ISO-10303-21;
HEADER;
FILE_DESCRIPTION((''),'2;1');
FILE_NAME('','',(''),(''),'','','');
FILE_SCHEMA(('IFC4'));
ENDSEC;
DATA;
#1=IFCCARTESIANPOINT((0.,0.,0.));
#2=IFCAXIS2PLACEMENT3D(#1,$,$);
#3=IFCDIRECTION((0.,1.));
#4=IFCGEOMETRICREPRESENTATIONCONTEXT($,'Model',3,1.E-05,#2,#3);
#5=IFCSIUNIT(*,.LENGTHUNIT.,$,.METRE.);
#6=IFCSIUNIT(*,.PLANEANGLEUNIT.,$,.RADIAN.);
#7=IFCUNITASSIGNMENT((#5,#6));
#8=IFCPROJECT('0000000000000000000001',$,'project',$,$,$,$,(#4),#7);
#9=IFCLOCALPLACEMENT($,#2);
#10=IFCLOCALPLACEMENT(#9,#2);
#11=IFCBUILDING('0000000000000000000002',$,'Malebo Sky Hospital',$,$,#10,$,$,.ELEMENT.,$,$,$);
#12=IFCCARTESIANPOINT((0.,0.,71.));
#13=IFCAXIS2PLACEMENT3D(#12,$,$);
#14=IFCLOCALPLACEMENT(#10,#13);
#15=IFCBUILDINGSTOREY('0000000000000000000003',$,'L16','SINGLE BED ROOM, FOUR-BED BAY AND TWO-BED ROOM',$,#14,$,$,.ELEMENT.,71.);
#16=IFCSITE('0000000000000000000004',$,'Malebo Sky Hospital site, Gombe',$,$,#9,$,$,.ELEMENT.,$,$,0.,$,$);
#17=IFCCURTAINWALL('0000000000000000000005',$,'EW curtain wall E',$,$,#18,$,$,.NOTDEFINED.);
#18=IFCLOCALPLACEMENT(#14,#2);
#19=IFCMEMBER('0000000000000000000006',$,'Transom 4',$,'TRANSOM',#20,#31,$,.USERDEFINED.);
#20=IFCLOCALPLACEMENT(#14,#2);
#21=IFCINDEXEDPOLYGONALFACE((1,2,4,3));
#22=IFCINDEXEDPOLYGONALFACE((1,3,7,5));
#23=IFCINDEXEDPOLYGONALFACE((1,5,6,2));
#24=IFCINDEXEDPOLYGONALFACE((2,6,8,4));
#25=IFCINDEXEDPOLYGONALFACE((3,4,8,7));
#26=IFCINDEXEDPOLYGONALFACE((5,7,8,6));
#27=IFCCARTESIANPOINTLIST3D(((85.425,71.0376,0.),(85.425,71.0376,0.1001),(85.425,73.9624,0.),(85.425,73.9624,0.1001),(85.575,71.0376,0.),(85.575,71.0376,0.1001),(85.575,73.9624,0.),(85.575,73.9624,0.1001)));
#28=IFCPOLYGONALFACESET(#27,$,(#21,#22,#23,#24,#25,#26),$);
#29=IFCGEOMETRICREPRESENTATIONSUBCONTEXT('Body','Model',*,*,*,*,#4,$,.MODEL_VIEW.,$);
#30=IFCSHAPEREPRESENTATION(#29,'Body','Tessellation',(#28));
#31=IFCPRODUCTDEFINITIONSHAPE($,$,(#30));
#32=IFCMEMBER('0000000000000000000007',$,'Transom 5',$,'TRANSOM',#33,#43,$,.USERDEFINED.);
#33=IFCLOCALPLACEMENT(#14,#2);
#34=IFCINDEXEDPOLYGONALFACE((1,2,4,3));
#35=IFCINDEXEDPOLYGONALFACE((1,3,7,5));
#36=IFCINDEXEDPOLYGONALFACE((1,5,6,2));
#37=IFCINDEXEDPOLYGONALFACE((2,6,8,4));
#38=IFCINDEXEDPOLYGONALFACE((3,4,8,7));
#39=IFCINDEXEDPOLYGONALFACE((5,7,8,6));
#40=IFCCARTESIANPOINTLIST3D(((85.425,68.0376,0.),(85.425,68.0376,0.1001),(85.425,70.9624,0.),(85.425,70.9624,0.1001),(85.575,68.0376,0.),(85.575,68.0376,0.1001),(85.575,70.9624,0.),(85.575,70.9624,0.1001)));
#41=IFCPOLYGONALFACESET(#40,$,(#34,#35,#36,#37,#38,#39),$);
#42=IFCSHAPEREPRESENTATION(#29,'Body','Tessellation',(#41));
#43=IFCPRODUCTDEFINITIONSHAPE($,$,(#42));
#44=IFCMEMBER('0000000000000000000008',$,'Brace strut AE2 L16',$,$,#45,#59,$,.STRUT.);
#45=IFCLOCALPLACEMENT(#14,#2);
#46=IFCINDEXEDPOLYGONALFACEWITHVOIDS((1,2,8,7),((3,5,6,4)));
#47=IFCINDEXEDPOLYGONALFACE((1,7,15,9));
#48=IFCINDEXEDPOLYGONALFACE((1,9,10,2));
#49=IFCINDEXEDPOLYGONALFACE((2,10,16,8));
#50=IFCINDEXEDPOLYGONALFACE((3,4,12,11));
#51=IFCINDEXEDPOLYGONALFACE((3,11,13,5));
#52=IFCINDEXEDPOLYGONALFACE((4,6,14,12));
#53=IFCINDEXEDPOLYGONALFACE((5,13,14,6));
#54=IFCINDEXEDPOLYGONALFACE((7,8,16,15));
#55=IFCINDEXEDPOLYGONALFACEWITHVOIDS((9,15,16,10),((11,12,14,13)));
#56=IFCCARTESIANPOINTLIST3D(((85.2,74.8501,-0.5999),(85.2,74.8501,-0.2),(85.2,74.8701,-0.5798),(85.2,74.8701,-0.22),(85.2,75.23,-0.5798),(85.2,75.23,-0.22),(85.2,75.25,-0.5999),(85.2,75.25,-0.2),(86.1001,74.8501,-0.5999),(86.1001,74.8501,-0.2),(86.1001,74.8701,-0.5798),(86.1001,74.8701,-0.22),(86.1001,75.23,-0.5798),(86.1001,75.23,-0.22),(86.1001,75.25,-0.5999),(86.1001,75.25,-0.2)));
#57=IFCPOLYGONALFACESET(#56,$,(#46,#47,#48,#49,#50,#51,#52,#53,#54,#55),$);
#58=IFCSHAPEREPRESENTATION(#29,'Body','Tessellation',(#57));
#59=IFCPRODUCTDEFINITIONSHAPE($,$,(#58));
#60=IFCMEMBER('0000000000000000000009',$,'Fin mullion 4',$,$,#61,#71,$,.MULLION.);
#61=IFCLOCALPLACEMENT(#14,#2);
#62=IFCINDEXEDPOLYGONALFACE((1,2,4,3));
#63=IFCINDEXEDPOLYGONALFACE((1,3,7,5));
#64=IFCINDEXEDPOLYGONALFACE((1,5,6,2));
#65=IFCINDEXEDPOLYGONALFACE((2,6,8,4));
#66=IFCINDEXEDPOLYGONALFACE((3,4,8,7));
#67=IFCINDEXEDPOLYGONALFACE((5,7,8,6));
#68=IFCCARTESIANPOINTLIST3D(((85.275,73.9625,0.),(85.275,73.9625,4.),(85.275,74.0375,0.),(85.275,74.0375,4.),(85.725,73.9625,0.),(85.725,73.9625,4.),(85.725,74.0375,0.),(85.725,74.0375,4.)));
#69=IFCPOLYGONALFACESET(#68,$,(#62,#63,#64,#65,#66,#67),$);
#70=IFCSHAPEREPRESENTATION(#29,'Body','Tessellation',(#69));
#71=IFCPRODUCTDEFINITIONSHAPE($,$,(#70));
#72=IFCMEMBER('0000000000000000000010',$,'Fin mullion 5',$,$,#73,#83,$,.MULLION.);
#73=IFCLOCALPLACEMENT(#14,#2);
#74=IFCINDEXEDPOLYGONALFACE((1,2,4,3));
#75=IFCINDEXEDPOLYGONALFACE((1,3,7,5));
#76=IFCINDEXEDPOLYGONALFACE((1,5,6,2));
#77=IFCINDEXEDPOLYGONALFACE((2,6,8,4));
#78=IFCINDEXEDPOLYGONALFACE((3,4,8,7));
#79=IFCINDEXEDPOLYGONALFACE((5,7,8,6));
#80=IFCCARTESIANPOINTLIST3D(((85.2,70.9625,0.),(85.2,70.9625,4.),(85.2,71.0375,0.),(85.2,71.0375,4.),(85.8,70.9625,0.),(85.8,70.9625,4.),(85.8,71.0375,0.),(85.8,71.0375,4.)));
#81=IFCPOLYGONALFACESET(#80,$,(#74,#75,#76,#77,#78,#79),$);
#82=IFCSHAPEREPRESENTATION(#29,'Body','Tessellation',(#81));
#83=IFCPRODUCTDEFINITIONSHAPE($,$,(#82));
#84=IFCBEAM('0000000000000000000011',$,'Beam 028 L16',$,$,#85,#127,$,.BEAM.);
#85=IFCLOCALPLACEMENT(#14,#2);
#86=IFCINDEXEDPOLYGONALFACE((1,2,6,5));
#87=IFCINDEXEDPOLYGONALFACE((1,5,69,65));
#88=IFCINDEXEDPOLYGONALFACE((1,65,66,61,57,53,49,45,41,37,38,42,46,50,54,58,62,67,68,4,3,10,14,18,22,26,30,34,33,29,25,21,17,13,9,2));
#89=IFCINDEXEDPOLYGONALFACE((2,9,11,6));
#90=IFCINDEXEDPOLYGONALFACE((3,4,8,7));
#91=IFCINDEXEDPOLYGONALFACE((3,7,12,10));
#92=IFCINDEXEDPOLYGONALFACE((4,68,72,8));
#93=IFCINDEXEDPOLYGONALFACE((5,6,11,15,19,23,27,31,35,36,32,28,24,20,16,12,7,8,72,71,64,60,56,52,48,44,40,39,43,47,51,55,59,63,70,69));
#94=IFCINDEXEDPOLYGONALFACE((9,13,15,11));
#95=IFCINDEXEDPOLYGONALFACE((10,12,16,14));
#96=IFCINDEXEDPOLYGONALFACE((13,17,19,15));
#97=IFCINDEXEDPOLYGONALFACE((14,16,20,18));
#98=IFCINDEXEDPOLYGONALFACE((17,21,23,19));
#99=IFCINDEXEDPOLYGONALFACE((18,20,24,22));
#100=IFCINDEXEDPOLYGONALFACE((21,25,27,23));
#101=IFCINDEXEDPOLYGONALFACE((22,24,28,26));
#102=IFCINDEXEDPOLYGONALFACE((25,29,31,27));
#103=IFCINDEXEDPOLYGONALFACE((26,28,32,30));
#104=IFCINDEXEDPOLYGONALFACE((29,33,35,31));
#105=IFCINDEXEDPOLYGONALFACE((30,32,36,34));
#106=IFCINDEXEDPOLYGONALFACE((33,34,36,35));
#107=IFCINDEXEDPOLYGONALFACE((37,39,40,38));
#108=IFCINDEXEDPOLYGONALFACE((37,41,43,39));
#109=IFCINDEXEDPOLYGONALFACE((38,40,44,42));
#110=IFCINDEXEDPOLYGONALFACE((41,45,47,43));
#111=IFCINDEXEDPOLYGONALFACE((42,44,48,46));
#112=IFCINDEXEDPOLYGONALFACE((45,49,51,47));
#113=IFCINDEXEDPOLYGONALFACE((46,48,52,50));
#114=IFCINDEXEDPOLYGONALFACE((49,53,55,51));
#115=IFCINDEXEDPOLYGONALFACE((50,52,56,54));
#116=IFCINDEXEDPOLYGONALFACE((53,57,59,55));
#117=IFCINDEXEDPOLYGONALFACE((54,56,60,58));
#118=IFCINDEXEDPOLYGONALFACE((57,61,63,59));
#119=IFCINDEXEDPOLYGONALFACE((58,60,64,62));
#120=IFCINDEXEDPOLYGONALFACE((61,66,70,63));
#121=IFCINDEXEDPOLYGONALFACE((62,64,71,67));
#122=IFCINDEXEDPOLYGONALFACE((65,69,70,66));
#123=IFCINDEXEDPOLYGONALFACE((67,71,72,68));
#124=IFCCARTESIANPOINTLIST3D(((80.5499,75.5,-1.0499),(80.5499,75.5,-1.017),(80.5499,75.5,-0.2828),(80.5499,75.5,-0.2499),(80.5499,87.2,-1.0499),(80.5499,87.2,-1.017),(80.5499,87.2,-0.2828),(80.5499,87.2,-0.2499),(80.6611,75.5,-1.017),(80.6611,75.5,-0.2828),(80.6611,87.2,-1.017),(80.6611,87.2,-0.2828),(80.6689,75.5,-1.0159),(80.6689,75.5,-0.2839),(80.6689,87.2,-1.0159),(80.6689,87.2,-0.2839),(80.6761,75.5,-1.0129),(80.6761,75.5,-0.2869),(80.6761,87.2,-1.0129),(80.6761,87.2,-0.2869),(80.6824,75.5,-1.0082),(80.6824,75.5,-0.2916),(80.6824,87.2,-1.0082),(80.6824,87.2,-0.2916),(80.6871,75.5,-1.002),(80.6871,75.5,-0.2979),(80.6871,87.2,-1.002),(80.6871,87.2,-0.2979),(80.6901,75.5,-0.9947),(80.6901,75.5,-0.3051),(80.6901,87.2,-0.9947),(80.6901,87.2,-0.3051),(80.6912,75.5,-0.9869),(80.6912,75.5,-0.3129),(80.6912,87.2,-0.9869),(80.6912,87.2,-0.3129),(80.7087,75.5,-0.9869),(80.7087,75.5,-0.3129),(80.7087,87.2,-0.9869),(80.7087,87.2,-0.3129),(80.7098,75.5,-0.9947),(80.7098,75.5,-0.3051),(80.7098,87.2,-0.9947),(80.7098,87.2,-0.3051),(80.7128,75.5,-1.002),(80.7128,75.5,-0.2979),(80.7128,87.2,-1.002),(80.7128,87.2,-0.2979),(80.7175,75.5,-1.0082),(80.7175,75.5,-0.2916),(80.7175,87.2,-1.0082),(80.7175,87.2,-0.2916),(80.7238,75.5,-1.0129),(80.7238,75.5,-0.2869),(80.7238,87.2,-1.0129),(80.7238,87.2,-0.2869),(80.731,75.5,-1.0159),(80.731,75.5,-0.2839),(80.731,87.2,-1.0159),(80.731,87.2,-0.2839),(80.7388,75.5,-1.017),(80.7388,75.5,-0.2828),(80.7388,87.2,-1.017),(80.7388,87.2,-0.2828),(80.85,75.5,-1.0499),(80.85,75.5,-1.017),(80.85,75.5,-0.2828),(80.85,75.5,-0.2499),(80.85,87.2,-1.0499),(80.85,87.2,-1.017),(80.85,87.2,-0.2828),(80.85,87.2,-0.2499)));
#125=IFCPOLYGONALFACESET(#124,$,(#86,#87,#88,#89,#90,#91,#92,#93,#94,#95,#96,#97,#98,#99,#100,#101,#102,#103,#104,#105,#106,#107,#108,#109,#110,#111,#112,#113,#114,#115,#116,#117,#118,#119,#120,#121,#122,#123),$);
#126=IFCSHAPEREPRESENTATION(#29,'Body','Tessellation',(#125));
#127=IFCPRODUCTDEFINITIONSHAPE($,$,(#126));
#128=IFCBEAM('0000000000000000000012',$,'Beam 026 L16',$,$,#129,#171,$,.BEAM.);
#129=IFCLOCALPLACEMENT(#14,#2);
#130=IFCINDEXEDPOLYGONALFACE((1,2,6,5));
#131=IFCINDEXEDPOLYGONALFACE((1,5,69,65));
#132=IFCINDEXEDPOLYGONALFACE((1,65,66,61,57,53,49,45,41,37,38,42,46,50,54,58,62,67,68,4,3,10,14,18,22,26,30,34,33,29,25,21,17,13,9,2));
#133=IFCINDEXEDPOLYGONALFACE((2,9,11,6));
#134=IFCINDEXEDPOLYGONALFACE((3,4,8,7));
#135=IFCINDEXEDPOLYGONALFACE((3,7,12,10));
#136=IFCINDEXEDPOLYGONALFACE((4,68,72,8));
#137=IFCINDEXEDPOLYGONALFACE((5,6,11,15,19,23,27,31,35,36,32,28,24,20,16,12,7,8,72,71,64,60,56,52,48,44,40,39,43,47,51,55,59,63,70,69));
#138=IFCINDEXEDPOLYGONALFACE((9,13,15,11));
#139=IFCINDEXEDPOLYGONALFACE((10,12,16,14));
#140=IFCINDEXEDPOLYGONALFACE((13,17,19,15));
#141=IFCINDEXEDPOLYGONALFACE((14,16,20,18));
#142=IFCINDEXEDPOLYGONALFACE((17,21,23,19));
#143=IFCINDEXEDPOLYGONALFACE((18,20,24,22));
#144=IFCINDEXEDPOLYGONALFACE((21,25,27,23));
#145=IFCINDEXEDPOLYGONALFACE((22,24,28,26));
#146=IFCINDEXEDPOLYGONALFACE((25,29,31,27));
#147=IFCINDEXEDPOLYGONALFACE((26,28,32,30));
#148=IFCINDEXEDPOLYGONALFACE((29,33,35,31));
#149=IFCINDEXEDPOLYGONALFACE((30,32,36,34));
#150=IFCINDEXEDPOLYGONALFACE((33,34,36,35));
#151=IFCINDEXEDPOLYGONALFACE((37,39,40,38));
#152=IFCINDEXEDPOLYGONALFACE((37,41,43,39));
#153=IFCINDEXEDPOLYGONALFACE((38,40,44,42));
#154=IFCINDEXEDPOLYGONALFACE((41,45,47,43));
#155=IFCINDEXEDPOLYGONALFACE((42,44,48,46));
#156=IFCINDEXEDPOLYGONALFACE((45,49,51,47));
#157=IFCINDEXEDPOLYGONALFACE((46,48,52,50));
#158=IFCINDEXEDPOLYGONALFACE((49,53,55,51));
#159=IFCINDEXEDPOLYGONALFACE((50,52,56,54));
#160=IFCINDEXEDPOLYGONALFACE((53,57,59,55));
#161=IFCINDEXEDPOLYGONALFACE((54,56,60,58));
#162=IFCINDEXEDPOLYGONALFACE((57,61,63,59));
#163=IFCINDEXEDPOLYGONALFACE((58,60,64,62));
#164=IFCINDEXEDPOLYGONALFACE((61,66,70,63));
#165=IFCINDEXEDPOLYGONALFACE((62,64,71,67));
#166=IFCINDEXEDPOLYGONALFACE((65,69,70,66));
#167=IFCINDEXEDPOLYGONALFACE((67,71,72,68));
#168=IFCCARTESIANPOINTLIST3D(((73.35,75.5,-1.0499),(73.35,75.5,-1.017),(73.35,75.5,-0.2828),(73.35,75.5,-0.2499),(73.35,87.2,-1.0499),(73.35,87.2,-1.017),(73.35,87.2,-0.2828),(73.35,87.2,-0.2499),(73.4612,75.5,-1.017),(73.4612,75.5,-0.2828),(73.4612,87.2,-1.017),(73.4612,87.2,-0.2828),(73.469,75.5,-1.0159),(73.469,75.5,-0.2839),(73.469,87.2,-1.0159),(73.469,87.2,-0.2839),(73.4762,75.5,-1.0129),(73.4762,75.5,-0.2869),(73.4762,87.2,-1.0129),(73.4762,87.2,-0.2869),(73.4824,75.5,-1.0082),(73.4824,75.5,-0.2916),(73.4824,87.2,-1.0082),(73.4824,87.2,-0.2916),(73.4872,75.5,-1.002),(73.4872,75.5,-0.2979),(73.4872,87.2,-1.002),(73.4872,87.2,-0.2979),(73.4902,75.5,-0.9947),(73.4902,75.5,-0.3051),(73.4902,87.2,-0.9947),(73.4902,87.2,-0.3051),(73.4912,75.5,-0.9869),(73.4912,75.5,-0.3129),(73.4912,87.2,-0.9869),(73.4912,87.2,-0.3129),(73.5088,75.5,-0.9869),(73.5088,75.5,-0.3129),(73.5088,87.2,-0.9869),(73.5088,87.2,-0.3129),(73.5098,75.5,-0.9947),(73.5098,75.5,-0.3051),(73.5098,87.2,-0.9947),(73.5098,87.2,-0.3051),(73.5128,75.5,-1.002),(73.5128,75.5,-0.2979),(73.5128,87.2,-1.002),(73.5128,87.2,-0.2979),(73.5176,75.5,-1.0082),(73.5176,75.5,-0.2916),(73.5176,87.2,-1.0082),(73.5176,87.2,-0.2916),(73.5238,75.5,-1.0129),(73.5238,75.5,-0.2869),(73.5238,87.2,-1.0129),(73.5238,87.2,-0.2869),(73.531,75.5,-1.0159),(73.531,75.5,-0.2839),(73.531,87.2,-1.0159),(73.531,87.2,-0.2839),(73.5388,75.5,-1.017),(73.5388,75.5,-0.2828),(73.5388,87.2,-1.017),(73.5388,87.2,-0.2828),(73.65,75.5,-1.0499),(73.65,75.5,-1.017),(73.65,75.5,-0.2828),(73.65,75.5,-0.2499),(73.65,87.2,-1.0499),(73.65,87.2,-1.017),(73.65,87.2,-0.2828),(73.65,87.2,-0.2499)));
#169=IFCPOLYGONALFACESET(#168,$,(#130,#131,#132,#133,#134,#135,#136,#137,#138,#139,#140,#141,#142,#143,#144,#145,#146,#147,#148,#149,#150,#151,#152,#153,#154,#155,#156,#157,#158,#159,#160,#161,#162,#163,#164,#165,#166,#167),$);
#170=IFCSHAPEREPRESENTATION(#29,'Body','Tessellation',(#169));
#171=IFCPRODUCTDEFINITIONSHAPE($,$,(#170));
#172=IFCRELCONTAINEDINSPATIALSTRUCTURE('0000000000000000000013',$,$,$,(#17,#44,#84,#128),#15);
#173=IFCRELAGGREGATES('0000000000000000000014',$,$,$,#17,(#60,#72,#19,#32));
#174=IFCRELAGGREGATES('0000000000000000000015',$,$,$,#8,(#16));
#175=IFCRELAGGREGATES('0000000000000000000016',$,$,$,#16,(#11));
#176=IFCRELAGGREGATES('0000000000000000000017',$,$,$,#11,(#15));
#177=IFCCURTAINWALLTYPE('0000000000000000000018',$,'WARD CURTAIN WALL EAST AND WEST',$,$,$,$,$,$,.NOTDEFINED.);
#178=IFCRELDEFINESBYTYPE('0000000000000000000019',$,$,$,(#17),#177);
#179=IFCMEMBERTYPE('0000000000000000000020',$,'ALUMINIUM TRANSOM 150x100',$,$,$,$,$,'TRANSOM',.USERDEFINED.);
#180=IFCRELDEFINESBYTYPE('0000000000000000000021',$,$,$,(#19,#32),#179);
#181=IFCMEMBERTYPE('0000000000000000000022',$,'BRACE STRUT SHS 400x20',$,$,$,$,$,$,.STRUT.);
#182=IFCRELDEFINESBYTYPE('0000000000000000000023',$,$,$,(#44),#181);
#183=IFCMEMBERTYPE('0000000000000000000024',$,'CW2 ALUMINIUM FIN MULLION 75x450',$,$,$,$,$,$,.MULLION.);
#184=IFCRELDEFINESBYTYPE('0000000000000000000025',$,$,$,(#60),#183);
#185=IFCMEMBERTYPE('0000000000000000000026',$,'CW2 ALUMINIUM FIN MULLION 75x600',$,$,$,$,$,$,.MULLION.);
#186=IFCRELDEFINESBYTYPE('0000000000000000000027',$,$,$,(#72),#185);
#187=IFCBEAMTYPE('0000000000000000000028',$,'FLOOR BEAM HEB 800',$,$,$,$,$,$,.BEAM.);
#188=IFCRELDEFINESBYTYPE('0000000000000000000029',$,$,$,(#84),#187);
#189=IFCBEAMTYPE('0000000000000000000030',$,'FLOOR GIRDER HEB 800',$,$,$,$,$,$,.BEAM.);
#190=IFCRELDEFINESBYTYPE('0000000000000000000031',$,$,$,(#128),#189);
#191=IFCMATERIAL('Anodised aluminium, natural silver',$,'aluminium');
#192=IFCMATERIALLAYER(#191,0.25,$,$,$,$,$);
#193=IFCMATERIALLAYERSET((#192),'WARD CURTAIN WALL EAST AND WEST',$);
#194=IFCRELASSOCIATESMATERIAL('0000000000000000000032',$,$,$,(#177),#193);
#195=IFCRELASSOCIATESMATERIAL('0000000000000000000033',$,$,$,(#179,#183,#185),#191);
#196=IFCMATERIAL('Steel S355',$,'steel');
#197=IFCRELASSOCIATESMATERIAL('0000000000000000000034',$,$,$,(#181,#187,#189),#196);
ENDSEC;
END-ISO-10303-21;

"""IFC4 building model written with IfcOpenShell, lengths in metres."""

from ifc_helpers import new_model, si_unit, direction, frame, origin, origin_2d, place, context, subcontext, project, spatial, rectangle, hollow_rectangle, i_section, extrude, material, layer, layer_set, material_profile, profile_set, type_object, element, aggregate, save


model = new_model("IFC4")

# Units and contexts
model_context = context("Model", 3, precision=1e-05, world=origin(), true_north=direction((0.0, 1.0)))
body_context = subcontext(model_context, "Body", "Model", "MODEL_VIEW")
ifc_project = project(units=[si_unit("LENGTHUNIT", "METRE"), si_unit("PLANEANGLEUNIT", "RADIAN")], contexts=[model_context])

# Site, building, storey
site_placement = place(None, origin())
site = spatial("IfcSite", under=ifc_project, at=site_placement, Name="Malebo Sky Hospital site, Gombe", CompositionType="ELEMENT", RefElevation=0.0)
building_placement = place(site_placement, origin())
building = spatial("IfcBuilding", under=site, at=building_placement, Name="Malebo Sky Hospital", CompositionType="ELEMENT")
storey_placement = place(building_placement, frame((0.0, 0.0, 71.0)))
storey = spatial("IfcBuildingStorey", under=building, at=storey_placement, Name="L16", Description="SINGLE BED ROOM, FOUR-BED BAY AND TWO-BED ROOM", CompositionType="ELEMENT", Elevation=71.0)

# Curtain wall, members
ifc_material_1 = material(Name="Anodised aluminium, natural silver", Category="aluminium")
ifc_layer_1 = layer(ifc_material_1, 0.25)
ifc_layer_set_1 = layer_set([ifc_layer_1], Name="WARD CURTAIN WALL EAST AND WEST")
curtain_wall_type = type_object("IfcCurtainWallType", Name="WARD CURTAIN WALL EAST AND WEST", PredefinedType="NOTDEFINED", material=ifc_layer_set_1)
curtain_wall_placement = place(storey_placement, origin())
curtain_wall = element("IfcCurtainWall", 1, at=curtain_wall_placement, inside=storey, type_object=curtain_wall_type, Name="EW curtain wall E", PredefinedType="NOTDEFINED")
ifc_material_profile_1 = material_profile(ifc_material_1, rectangle(XDim=0.1499, YDim=0.1001, at=origin_2d()), Name="ALUMINIUM TRANSOM 150x100")
ifc_profile_set_1 = profile_set([ifc_material_profile_1], Name="Anodised aluminium, natural silver")
member_type_1 = type_object("IfcMemberType", Name="ALUMINIUM TRANSOM 150x100", ElementType="TRANSOM", PredefinedType="USERDEFINED", material=ifc_profile_set_1)
member_1_placement = place(storey_placement, frame((85.5, 73.9624, 0.05), z_axis=(0.0, -1.0, 0.0), x_axis=(1.0, 0.0, 0.0)))
member_1 = element("IfcMember", 2, at=member_1_placement, type_object=member_type_1, Name="Transom 4", ObjectType="TRANSOM", PredefinedType="USERDEFINED", context=body_context, shape_type="SweptSolid", body=[
    extrude(rectangle(XDim=0.1499, YDim=0.1001, at=origin_2d()), origin(), (0.0, 0.0, 1.0), 2.9248),
])
member_2_placement = place(storey_placement, frame((85.5, 70.9624, 0.05), z_axis=(0.0, -1.0, 0.0), x_axis=(1.0, 0.0, 0.0)))
member_2 = element("IfcMember", 3, at=member_2_placement, type_object=member_type_1, Name="Transom 5", ObjectType="TRANSOM", PredefinedType="USERDEFINED", context=body_context, shape_type="SweptSolid", body=[
    extrude(rectangle(XDim=0.1499, YDim=0.1001, at=origin_2d()), origin(), (0.0, 0.0, 1.0), 2.9248),
])

# Members
ifc_material_2 = material(Name="Steel S355", Category="steel")
ifc_material_profile_2 = material_profile(ifc_material_2, hollow_rectangle(XDim=0.3999, YDim=0.3999, WallThickness=0.02, at=origin_2d()), Name="SHS 400x20")
ifc_profile_set_2 = profile_set([ifc_material_profile_2], Name="Steel S355")
member_type_2 = type_object("IfcMemberType", Name="BRACE STRUT SHS 400x20", PredefinedType="STRUT", material=ifc_profile_set_2)
member_3_placement = place(storey_placement, frame((86.1001, 75.05, -0.3999), z_axis=(-1.0, 0.0, 0.0), x_axis=(0.0, -1.0, 0.0)))
element("IfcMember", 4, at=member_3_placement, inside=storey, type_object=member_type_2, Name="Brace strut AE2 L16", PredefinedType="STRUT", context=body_context, shape_type="SweptSolid", body=[
    extrude(hollow_rectangle(XDim=0.3999, YDim=0.3999, WallThickness=0.02, at=origin_2d()), origin(), (0.0, 0.0, 1.0), 0.9001),
])
ifc_material_profile_3 = material_profile(ifc_material_1, rectangle(XDim=0.075, YDim=0.45, at=origin_2d()), Name="CW2 ALUMINIUM FIN MULLION 75x450")
ifc_profile_set_3 = profile_set([ifc_material_profile_3], Name="Anodised aluminium, natural silver")
member_type_3 = type_object("IfcMemberType", Name="CW2 ALUMINIUM FIN MULLION 75x450", PredefinedType="MULLION", material=ifc_profile_set_3)
member_4_placement = place(storey_placement, frame((85.5, 74.0, 0.0), z_axis=(0.0, 0.0, 1.0), x_axis=(0.0, -1.0, 0.0)))
member_4 = element("IfcMember", 5, at=member_4_placement, type_object=member_type_3, Name="Fin mullion 4", PredefinedType="MULLION", context=body_context, shape_type="SweptSolid", body=[
    extrude(rectangle(XDim=0.075, YDim=0.45, at=origin_2d()), origin(), (0.0, 0.0, 1.0), 4.0),
])
ifc_material_profile_4 = material_profile(ifc_material_1, rectangle(XDim=0.075, YDim=0.6001, at=origin_2d()), Name="CW2 ALUMINIUM FIN MULLION 75x600")
ifc_profile_set_4 = profile_set([ifc_material_profile_4], Name="Anodised aluminium, natural silver")
member_type_4 = type_object("IfcMemberType", Name="CW2 ALUMINIUM FIN MULLION 75x600", PredefinedType="MULLION", material=ifc_profile_set_4)
member_5_placement = place(storey_placement, frame((85.5, 71.0, 0.0), z_axis=(0.0, 0.0, 1.0), x_axis=(0.0, -1.0, 0.0)))
member_5 = element("IfcMember", 6, at=member_5_placement, type_object=member_type_4, Name="Fin mullion 5", PredefinedType="MULLION", context=body_context, shape_type="SweptSolid", body=[
    extrude(rectangle(XDim=0.075, YDim=0.6001, at=origin_2d()), origin(), (0.0, 0.0, 1.0), 4.0),
])

# Beams
ifc_material_profile_5 = material_profile(ifc_material_2, i_section(OverallWidth=0.3, OverallDepth=0.8, WebThickness=0.0176, FlangeThickness=0.033, FilletRadius=0.03, at=origin_2d()), Name="HEB 800")
ifc_profile_set_5 = profile_set([ifc_material_profile_5], Name="Steel S355")
beam_type_1 = type_object("IfcBeamType", Name="FLOOR BEAM HEB 800", PredefinedType="BEAM", material=ifc_profile_set_5)
beam_placement = place(storey_placement, frame((80.7, 75.5, -0.6499), z_axis=(0.0, 1.0, 0.0), x_axis=(-1.0, 0.0, 0.0)))
element("IfcBeam", 7, at=beam_placement, inside=storey, type_object=beam_type_1, Name="Beam 028 L16", PredefinedType="BEAM", context=body_context, shape_type="SweptSolid", body=[
    extrude(i_section(OverallWidth=0.3, OverallDepth=0.8, WebThickness=0.0176, FlangeThickness=0.033, FilletRadius=0.03, at=origin_2d()), origin(), (0.0, 0.0, 1.0), 11.7),
])
ifc_material_profile_6 = material_profile(ifc_material_2, i_section(OverallWidth=0.3, OverallDepth=0.8, WebThickness=0.0176, FlangeThickness=0.033, FilletRadius=0.03, at=origin_2d()), Name="HEB 800")
ifc_profile_set_6 = profile_set([ifc_material_profile_6], Name="Steel S355")
beam_type_2 = type_object("IfcBeamType", Name="FLOOR GIRDER HEB 800", PredefinedType="BEAM", material=ifc_profile_set_6)
for number, where, z_axis, x_axis, name in (
    (8, (73.5, 75.5, -0.6499), (0.0, 1.0, 0.0), (-1.0, 0.0, 0.0), "Beam 026 L16"),
):
    element("IfcBeam", number, at=place(storey_placement, frame(where, z_axis=z_axis, x_axis=x_axis)), inside=storey, type_object=beam_type_2, Name=name, PredefinedType="BEAM", context=body_context, shape_type="SweptSolid", body=[
        extrude(i_section(OverallWidth=0.3, OverallDepth=0.8, WebThickness=0.0176, FlangeThickness=0.033, FilletRadius=0.03, at=origin_2d()), origin(), (0.0, 0.0, 1.0), 11.7),
    ])

aggregate(curtain_wall, [member_4, member_5, member_1, member_2])

save(model, "model.ifc")
